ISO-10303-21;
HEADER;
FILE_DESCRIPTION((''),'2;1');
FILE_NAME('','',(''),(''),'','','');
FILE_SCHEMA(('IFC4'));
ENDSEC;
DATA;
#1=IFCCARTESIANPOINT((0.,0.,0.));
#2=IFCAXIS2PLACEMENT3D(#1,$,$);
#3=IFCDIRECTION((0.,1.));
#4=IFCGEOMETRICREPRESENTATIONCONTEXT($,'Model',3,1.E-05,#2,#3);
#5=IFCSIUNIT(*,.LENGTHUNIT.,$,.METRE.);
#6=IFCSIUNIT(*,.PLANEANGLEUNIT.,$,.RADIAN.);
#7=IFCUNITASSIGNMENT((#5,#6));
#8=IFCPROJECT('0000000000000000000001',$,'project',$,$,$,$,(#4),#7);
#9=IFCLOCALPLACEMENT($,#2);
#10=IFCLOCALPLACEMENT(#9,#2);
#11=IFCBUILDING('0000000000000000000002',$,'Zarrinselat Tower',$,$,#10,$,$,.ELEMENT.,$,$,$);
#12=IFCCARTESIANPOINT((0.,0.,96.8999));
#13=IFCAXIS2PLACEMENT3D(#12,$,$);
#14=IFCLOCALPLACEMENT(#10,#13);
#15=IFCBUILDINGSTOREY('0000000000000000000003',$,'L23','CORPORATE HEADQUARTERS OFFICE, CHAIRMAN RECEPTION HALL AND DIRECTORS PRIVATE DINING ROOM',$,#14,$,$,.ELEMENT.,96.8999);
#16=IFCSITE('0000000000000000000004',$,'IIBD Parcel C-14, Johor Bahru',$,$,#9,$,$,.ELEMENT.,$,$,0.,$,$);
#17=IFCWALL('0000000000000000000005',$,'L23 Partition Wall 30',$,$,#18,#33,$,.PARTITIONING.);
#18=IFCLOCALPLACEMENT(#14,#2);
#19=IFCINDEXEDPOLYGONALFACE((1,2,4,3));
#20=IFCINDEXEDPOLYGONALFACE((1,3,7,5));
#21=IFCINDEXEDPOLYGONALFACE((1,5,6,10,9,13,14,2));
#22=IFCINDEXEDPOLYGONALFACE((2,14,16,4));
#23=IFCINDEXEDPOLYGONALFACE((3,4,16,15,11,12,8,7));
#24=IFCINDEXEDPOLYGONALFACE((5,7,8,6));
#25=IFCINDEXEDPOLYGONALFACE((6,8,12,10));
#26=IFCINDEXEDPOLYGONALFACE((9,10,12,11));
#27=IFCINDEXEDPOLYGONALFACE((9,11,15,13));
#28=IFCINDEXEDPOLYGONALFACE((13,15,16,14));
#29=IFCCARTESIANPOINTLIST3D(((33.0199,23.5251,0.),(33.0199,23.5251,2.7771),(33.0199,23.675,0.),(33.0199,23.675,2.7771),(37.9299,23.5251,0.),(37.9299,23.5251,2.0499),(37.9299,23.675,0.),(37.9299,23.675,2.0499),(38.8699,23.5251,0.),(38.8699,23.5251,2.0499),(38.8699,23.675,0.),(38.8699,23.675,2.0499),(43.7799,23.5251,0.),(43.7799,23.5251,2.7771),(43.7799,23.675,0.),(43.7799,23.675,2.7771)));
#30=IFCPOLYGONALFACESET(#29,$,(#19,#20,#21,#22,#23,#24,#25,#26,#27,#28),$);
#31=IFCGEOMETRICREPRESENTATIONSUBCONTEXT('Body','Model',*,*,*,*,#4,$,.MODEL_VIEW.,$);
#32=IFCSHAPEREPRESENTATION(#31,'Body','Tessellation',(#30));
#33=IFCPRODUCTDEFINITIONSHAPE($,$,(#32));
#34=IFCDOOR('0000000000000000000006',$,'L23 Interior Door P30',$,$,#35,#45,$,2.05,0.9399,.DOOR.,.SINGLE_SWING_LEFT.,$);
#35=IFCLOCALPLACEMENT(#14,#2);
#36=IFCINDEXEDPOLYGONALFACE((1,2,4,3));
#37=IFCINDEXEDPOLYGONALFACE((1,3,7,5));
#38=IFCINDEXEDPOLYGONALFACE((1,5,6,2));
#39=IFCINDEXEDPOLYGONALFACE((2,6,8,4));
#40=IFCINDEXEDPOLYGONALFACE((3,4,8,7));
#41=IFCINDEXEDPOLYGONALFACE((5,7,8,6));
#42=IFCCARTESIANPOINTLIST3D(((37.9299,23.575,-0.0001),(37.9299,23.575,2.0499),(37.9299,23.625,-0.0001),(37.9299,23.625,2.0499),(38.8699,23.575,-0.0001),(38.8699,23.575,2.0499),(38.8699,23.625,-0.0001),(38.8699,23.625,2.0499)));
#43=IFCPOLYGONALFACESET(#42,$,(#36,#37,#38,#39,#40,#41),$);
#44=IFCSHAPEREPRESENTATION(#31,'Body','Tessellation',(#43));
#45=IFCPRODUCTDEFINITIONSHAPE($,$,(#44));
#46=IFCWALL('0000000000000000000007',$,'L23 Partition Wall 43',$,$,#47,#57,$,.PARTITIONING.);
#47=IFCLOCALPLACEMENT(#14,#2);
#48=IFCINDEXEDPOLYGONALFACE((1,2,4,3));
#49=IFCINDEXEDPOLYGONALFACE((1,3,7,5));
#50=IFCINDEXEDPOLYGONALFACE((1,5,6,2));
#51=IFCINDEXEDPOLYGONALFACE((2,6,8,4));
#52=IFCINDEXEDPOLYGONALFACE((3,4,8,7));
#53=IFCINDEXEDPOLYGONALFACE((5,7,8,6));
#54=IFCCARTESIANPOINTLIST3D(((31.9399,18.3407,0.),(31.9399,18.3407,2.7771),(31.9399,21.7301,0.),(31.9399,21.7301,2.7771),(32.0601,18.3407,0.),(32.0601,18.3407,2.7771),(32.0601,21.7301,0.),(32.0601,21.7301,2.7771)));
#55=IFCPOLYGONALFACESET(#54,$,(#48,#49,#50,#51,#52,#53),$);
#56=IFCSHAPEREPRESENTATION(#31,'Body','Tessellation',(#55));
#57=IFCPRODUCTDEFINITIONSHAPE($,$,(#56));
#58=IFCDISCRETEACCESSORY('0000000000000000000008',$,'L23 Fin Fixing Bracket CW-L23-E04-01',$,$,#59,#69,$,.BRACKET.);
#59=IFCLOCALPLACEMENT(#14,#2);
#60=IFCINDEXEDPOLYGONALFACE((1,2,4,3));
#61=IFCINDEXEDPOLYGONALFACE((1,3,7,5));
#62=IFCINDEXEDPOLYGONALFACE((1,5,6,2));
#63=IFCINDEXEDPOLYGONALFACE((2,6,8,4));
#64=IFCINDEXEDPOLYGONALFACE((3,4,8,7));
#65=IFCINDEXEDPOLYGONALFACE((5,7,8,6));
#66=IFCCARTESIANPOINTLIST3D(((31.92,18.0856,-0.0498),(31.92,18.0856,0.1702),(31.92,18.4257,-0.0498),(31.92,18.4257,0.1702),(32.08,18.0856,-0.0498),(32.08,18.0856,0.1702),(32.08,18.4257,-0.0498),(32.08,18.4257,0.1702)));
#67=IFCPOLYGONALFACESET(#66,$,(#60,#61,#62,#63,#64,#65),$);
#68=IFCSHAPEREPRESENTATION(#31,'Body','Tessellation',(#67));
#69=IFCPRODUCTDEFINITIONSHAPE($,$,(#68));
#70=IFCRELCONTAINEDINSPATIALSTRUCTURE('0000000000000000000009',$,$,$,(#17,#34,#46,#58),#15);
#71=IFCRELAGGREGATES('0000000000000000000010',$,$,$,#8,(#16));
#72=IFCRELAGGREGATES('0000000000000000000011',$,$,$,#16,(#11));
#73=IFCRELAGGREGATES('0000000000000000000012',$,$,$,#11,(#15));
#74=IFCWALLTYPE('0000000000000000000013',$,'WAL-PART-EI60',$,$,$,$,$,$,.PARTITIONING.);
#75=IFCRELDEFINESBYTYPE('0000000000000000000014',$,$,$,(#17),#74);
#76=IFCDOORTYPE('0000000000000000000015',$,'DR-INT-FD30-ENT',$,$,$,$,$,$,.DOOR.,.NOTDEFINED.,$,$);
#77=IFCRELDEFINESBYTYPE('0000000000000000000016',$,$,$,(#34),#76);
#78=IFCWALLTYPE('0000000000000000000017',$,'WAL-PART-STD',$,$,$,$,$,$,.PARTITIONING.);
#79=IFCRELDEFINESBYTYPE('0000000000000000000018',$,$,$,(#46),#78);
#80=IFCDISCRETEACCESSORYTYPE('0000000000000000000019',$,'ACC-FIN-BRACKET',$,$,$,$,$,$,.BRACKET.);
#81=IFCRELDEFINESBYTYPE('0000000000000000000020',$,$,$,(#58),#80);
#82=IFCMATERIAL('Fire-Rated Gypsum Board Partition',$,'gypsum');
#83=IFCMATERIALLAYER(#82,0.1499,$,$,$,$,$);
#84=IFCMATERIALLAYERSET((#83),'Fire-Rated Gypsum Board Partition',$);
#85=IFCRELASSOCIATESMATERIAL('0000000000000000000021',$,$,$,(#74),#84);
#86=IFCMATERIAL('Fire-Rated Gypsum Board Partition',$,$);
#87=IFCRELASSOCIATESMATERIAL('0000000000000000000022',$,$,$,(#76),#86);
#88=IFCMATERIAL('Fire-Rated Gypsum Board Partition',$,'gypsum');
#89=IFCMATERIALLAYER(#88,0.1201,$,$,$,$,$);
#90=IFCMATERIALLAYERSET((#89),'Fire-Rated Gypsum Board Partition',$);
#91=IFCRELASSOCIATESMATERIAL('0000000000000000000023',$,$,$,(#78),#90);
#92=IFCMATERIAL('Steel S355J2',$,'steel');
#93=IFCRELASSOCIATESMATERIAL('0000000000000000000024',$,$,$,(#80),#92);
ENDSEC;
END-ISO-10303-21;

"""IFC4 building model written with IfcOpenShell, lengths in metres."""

from ifc_helpers import new_model, si_unit, direction, frame, frame_2d, origin, origin_2d, place, context, subcontext, project, spatial, rectangle, extrude, material, layer, layer_set, type_object, element, fill, save


model = new_model("IFC4")

# Units and contexts
model_context = context("Model", 3, precision=1e-05, world=origin(), true_north=direction((0.0, 1.0)))
body_context = subcontext(model_context, "Body", "Model", "MODEL_VIEW")
ifc_project = project(units=[si_unit("LENGTHUNIT", "METRE"), si_unit("PLANEANGLEUNIT", "RADIAN")], contexts=[model_context])

# Site, building, storey
site_placement = place(None, origin())
site = spatial("IfcSite", under=ifc_project, at=site_placement, Name="IIBD Parcel C-14, Johor Bahru", CompositionType="ELEMENT", RefElevation=0.0)
building_placement = place(site_placement, origin())
building = spatial("IfcBuilding", under=site, at=building_placement, Name="Zarrinselat Tower", CompositionType="ELEMENT")
storey_placement = place(building_placement, frame((0.0, 0.0, 96.8999)))
storey = spatial("IfcBuildingStorey", under=building, at=storey_placement, Name="L23", Description="CORPORATE HEADQUARTERS OFFICE, CHAIRMAN RECEPTION HALL AND DIRECTORS PRIVATE DINING ROOM", CompositionType="ELEMENT", Elevation=96.8999)

# Shared definitions
ifc_material_1 = material(Name="Fire-Rated Gypsum Board Partition", Category="gypsum")
ifc_layer_1 = layer(ifc_material_1, 0.1499)
ifc_layer_set_1 = layer_set([ifc_layer_1], Name="Fire-Rated Gypsum Board Partition")
wall_type_1 = type_object("IfcWallType", Name="WAL-PART-EI60", PredefinedType="PARTITIONING", material=ifc_layer_set_1)
ifc_material_2 = material(Name="Fire-Rated Gypsum Board Partition")
door_type_1 = type_object("IfcDoorType", Name="DR-INT-FD30-ENT", OperationType="NOTDEFINED", PredefinedType="DOOR", material=ifc_material_2)

# Wall, opening, door
wall_1_placement = place(storey_placement, frame((33.02, 23.6001, 0.0), z_axis=(0.0, 0.0, 1.0), x_axis=(1.0, 0.0, 0.0)))
wall_1 = element("IfcWall", 1, at=wall_1_placement, inside=storey, type_object=wall_type_1, Name="L23 Partition Wall 30", PredefinedType="PARTITIONING", context=body_context, shape_type="SweptSolid", body=[
    extrude(rectangle(XDim=10.76, YDim=0.1499, at=frame_2d((5.3799, 0.0))), origin(), (0.0, 0.0, 1.0), 2.7771),
])
opening_1_placement = place(wall_1_placement, frame((4.9099, 0.0, 0.0)))
opening_1 = element("IfcOpeningElement", 2, at=opening_1_placement, cuts=wall_1, PredefinedType="OPENING", context=body_context, shape_type="SweptSolid", body=[
    extrude(rectangle(XDim=0.9399, YDim=2.05, at=frame_2d((0.47, 1.0249))), frame((0.0, 0.085, 0.0), z_axis=(0.0, -1.0, 0.0), x_axis=(1.0, 0.0, 0.0)), (0.0, 0.0, 1.0), 0.1699),
])
door_1_placement = place(opening_1_placement, origin())
door_1 = element("IfcDoor", 3, at=door_1_placement, inside=storey, type_object=door_type_1, Name="L23 Interior Door P30", OperationType="SINGLE_SWING_LEFT", OverallHeight=2.05, OverallWidth=0.9399, PredefinedType="DOOR", context=body_context, shape_type="SweptSolid", body=[
    extrude(rectangle(XDim=0.9399, YDim=2.05, at=frame_2d((0.47, 1.0249))), frame((0.0, 0.0249, 0.0), z_axis=(0.0, -1.0, 0.0), x_axis=(1.0, 0.0, 0.0)), (0.0, 0.0, 1.0), 0.05),
])
fill(opening_1, door_1)

# Wall
ifc_material_3 = material(Name="Fire-Rated Gypsum Board Partition", Category="gypsum")
ifc_layer_2 = layer(ifc_material_3, 0.1201)
ifc_layer_set_2 = layer_set([ifc_layer_2], Name="Fire-Rated Gypsum Board Partition")
wall_type_2 = type_object("IfcWallType", Name="WAL-PART-STD", PredefinedType="PARTITIONING", material=ifc_layer_set_2)
wall_2_placement = place(storey_placement, frame((32.0, 18.3406, 0.0), z_axis=(0.0, 0.0, 1.0), x_axis=(0.0, 1.0, 0.0)))
element("IfcWall", 4, at=wall_2_placement, inside=storey, type_object=wall_type_2, Name="L23 Partition Wall 43", PredefinedType="PARTITIONING", context=body_context, shape_type="SweptSolid", body=[
    extrude(rectangle(XDim=3.3894, YDim=0.1201, at=frame_2d((1.6948, 0.0))), origin(), (0.0, 0.0, 1.0), 2.7771),
])

# Discrete accessory
ifc_material_4 = material(Name="Steel S355J2", Category="steel")
discrete_accessory_type = type_object("IfcDiscreteAccessoryType", Name="ACC-FIN-BRACKET", PredefinedType="BRACKET", material=ifc_material_4)
discrete_accessory_placement = place(storey_placement, frame((32.0, 18.2556, -0.0498), z_axis=(0.0, 0.0, 1.0), x_axis=(0.0, -1.0, 0.0)))
element("IfcDiscreteAccessory", 5, at=discrete_accessory_placement, inside=storey, type_object=discrete_accessory_type, Name="L23 Fin Fixing Bracket CW-L23-E04-01", PredefinedType="BRACKET", context=body_context, shape_type="SweptSolid", body=[
    extrude(rectangle(XDim=0.3401, YDim=0.1599, at=origin_2d()), origin(), (0.0, 0.0, 1.0), 0.22),
])

save(model, "model.ifc")
